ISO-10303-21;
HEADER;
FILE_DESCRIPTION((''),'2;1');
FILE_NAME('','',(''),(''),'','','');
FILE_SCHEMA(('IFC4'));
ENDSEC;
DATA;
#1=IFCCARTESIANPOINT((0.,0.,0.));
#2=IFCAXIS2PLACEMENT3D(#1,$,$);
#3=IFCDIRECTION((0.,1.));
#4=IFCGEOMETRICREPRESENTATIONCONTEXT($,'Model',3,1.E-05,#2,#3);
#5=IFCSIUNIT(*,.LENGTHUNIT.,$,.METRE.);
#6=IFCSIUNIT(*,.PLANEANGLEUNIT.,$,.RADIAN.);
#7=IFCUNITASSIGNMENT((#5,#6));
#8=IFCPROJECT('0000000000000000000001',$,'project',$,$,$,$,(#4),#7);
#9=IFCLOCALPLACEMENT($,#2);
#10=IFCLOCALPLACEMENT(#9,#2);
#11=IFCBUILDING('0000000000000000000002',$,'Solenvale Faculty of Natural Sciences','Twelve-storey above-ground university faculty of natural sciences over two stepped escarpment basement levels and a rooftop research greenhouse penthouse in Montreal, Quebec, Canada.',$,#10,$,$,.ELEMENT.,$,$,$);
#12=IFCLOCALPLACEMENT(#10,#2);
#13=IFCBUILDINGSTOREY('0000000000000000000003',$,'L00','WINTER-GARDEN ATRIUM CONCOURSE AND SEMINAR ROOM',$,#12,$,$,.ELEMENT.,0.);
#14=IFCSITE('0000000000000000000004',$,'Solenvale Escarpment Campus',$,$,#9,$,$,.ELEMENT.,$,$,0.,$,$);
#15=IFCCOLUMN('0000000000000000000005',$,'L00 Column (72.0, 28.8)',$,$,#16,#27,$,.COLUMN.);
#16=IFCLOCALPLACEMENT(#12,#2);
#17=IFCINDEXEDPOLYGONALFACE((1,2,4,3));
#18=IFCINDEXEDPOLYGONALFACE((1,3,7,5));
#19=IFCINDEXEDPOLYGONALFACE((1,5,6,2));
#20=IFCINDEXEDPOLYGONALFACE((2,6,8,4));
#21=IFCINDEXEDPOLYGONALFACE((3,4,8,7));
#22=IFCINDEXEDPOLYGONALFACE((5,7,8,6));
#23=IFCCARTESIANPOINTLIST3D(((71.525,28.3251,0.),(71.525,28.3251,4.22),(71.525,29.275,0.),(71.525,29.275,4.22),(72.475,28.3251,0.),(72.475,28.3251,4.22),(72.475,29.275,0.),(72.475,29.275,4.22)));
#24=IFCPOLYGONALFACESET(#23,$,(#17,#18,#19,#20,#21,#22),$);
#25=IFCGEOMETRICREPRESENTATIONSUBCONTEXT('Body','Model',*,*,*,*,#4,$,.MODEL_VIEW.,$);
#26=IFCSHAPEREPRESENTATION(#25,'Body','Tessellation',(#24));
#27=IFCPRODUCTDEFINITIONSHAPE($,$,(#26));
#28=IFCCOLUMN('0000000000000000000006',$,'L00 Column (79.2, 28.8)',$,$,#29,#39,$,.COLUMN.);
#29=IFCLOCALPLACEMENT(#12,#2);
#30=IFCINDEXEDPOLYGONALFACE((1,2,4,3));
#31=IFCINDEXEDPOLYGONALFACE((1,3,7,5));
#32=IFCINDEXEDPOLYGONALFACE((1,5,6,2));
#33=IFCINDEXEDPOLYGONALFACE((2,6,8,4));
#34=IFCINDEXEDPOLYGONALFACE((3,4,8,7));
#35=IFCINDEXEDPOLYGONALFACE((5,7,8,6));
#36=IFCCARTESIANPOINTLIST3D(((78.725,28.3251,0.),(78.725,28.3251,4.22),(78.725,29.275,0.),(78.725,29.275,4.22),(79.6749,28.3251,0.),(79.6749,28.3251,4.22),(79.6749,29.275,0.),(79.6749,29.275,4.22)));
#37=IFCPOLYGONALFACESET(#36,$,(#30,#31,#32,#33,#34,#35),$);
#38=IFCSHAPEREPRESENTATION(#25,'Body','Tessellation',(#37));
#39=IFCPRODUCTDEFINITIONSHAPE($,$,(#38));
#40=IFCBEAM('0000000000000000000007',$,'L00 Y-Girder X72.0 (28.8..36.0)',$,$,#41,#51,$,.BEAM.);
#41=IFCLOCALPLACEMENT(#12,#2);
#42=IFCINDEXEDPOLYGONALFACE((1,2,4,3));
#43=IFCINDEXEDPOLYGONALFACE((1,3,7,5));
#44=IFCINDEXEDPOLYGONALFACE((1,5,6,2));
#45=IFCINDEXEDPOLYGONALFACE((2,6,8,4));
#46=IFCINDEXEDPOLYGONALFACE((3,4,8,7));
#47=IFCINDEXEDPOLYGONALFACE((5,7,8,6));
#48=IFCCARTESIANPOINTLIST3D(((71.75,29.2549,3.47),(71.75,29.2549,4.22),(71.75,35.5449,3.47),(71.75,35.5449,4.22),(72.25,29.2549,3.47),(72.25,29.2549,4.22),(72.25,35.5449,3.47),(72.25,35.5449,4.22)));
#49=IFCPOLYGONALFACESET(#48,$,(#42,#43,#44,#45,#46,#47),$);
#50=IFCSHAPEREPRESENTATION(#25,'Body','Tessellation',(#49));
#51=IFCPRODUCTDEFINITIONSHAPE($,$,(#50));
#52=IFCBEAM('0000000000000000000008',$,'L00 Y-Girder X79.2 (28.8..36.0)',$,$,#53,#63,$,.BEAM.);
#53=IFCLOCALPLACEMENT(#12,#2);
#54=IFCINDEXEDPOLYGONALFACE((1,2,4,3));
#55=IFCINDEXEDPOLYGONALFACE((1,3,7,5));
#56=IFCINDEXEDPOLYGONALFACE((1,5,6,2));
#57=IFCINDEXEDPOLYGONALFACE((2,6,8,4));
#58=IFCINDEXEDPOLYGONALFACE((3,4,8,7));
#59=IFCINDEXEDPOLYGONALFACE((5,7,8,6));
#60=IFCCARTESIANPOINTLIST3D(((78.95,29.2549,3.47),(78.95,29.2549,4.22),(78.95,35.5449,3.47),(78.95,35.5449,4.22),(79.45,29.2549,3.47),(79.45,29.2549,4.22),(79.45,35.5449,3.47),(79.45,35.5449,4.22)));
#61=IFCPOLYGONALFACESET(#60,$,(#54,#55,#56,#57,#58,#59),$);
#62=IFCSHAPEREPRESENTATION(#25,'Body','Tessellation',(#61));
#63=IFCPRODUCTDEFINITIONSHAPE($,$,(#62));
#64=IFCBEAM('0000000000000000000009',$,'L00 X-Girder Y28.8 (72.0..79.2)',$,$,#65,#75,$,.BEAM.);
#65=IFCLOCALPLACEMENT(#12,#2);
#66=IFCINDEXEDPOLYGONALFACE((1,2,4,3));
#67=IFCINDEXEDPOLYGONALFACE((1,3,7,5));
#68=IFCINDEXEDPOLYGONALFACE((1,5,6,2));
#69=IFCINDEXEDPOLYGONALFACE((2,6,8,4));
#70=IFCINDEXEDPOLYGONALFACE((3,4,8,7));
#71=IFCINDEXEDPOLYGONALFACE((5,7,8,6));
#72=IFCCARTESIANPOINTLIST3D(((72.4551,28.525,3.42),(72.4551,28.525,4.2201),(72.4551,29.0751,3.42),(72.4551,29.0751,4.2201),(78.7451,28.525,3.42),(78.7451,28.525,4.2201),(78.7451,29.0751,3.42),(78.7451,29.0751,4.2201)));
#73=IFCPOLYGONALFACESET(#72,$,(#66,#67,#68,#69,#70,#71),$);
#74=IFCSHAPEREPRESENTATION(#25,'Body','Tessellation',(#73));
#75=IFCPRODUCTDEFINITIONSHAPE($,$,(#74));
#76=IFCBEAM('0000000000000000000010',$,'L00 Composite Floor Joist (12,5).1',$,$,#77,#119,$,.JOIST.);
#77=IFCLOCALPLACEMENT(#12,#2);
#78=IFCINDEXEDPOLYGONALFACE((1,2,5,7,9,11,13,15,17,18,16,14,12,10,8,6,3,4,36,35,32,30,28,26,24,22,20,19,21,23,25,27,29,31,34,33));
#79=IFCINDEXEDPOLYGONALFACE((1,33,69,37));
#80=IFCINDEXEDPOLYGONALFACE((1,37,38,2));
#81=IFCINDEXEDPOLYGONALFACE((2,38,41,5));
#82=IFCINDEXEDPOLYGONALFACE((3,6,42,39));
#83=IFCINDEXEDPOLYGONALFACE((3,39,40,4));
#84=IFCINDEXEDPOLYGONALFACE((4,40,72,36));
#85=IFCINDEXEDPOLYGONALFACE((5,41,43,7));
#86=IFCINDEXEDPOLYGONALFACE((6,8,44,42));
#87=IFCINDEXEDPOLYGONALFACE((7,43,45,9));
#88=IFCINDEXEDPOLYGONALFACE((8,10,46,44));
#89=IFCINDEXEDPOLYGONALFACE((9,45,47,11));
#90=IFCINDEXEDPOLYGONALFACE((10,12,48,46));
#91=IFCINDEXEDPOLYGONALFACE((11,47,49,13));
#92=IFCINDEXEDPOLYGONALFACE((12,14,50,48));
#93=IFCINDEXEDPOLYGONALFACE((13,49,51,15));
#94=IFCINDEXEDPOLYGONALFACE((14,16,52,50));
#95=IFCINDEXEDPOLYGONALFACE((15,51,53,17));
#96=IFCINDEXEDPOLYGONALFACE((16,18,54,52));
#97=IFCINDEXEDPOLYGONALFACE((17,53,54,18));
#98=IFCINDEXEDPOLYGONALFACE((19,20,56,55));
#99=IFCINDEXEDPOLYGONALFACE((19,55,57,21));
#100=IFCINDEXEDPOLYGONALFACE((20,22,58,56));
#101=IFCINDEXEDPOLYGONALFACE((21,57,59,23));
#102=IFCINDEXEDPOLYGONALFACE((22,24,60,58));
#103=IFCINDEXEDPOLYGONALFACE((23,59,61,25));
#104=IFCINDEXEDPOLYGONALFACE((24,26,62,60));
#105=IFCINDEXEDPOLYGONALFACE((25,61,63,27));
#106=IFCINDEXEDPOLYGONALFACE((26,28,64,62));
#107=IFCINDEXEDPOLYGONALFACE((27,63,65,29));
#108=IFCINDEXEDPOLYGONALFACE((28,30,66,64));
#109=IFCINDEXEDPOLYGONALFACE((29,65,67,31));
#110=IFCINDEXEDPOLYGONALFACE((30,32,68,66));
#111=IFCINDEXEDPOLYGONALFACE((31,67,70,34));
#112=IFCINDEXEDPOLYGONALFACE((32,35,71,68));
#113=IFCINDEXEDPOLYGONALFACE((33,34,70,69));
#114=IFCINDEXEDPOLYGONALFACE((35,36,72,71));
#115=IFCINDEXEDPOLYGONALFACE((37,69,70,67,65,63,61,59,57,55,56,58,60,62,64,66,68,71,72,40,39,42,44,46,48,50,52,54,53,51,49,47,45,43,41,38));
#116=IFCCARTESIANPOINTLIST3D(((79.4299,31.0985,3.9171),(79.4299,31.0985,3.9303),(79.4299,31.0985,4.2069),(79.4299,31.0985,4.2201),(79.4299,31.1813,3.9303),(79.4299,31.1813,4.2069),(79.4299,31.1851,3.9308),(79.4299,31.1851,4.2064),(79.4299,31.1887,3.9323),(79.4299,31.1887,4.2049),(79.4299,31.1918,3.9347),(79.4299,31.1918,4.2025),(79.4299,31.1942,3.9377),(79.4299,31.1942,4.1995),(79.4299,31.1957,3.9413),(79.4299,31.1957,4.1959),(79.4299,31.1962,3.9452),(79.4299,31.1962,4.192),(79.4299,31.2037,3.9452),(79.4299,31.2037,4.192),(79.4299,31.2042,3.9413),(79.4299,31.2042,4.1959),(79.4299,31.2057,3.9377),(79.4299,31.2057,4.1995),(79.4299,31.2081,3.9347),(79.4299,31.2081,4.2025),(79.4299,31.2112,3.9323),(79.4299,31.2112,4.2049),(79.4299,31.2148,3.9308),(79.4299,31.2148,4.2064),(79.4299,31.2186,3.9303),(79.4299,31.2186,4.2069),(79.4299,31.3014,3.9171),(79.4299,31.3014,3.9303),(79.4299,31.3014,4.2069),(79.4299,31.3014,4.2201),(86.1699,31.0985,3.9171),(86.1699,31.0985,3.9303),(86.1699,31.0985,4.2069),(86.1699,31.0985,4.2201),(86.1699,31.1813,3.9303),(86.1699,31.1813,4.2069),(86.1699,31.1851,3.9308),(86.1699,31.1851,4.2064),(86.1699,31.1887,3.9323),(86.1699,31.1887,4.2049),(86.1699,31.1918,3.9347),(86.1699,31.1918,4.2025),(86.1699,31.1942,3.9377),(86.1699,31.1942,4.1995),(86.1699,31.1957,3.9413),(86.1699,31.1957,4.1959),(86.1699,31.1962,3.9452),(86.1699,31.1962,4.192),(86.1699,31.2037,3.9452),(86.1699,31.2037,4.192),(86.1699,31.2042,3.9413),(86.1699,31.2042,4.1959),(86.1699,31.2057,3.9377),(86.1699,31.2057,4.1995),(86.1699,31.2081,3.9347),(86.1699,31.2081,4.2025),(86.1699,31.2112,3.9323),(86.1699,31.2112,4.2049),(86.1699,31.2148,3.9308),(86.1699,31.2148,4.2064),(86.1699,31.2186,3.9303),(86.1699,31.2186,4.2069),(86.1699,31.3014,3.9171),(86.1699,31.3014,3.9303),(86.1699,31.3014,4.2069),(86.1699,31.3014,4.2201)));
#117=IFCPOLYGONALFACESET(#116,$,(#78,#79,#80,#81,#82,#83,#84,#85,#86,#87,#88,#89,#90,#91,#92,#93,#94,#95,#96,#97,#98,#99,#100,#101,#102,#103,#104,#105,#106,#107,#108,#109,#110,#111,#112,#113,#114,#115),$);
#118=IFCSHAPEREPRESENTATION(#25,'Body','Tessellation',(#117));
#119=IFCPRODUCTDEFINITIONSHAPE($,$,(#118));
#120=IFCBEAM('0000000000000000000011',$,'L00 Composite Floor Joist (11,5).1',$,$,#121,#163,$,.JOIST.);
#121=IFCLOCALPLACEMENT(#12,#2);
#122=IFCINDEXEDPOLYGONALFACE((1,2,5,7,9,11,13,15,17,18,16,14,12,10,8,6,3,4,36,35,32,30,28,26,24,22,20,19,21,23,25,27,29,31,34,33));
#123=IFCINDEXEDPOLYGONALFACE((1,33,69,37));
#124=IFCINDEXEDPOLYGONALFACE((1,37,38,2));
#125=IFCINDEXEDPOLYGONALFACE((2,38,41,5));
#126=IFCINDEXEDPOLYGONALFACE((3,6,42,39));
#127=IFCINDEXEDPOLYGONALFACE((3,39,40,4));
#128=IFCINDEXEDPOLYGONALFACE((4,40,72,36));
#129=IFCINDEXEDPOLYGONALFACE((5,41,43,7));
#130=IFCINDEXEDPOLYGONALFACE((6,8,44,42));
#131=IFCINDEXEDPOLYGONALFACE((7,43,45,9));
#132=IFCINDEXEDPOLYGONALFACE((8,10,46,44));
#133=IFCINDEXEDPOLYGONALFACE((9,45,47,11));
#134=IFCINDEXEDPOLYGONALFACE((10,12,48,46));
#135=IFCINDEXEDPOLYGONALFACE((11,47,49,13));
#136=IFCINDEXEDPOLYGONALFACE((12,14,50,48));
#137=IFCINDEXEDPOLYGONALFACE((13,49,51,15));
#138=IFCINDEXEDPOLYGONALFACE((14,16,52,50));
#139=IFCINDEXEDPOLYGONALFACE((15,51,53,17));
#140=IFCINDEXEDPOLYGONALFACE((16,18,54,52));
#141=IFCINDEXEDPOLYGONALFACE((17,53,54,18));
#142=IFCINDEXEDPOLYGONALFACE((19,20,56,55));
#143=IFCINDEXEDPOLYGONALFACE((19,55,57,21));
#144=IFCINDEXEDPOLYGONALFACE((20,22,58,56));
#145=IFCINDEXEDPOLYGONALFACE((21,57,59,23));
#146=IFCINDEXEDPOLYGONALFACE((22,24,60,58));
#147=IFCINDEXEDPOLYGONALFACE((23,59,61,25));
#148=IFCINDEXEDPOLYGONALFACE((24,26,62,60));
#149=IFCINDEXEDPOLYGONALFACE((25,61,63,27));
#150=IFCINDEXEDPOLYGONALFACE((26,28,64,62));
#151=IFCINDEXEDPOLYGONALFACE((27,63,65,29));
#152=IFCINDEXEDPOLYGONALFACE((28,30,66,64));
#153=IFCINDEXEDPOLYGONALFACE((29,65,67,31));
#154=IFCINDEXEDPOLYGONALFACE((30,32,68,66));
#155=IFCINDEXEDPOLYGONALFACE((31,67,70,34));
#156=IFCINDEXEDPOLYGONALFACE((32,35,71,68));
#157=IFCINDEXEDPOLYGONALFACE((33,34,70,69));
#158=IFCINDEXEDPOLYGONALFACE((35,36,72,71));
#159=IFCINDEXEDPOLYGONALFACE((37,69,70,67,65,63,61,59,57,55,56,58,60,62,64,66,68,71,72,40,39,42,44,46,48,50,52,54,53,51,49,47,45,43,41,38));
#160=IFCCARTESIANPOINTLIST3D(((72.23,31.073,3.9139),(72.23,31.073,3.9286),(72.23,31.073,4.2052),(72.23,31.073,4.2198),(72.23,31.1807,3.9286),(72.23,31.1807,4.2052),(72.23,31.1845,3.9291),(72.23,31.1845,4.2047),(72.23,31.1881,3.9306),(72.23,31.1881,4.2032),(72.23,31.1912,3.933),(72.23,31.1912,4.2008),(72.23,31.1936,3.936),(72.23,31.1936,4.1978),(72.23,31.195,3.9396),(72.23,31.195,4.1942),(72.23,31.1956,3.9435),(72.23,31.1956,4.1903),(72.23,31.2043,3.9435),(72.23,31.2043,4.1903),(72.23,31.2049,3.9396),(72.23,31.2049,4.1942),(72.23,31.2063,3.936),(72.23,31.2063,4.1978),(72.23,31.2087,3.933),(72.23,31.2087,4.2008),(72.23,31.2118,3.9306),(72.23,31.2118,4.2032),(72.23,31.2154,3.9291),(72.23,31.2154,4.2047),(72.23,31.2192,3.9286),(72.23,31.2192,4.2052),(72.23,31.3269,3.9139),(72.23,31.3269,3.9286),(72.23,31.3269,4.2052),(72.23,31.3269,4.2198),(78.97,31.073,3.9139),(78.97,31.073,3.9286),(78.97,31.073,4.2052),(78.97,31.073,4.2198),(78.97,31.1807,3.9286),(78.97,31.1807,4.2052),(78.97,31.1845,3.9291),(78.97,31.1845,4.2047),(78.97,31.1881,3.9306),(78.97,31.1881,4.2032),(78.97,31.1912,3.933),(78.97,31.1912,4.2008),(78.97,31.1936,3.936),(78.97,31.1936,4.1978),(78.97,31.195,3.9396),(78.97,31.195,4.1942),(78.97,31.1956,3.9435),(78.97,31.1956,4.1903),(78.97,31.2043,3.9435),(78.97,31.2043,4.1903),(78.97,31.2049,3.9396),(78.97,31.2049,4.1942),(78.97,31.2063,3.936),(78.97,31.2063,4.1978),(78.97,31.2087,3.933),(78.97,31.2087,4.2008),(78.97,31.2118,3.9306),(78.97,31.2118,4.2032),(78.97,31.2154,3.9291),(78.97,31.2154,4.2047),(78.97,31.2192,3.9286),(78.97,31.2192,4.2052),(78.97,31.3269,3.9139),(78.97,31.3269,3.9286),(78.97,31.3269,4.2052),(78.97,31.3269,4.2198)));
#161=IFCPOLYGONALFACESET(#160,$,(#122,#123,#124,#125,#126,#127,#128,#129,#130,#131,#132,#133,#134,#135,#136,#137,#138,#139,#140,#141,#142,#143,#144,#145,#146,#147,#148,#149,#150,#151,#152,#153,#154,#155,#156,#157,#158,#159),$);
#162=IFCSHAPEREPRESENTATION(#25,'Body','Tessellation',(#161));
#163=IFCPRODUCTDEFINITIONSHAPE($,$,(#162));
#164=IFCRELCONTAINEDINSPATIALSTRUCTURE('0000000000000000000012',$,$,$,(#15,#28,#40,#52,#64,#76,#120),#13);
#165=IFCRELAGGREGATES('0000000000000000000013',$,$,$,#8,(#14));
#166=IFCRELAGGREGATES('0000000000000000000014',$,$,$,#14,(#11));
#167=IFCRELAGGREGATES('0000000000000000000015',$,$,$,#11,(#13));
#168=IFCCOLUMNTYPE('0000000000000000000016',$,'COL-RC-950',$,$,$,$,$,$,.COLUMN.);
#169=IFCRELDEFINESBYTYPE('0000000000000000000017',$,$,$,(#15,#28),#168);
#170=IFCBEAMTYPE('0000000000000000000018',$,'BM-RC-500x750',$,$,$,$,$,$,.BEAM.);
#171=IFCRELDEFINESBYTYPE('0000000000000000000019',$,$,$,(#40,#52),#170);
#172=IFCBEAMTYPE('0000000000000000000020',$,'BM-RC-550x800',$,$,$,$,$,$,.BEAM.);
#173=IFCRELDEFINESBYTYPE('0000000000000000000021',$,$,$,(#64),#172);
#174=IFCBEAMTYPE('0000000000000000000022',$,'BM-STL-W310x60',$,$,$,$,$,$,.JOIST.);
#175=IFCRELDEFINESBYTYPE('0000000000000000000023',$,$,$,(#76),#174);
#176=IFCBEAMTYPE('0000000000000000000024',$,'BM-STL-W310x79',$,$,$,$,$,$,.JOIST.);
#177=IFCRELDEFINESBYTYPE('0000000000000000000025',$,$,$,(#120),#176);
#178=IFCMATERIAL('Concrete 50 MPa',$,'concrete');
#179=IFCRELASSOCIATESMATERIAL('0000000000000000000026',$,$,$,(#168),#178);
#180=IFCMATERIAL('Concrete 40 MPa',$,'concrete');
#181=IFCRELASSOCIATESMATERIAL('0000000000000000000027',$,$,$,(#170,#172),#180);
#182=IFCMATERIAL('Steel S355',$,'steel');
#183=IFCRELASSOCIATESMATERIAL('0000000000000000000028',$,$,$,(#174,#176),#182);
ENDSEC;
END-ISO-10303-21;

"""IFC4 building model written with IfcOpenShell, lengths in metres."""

from ifc_helpers import new_model, si_unit, direction, frame, origin, origin_2d, place, context, subcontext, project, spatial, rectangle, i_section, extrude, material, material_profile, profile_set, type_object, element, save


model = new_model("IFC4")

# Units and contexts
model_context = context("Model", 3, precision=1e-05, world=origin(), true_north=direction((0.0, 1.0)))
body_context = subcontext(model_context, "Body", "Model", "MODEL_VIEW")
ifc_project = project(units=[si_unit("LENGTHUNIT", "METRE"), si_unit("PLANEANGLEUNIT", "RADIAN")], contexts=[model_context])

# Site, building, storey
site_placement = place(None, origin())
site = spatial("IfcSite", under=ifc_project, at=site_placement, Name="Solenvale Escarpment Campus", CompositionType="ELEMENT", RefElevation=0.0)
building_placement = place(site_placement, origin())
building = spatial("IfcBuilding", under=site, at=building_placement, Name="Solenvale Faculty of Natural Sciences", Description="Twelve-storey above-ground university faculty of natural sciences over two stepped escarpment basement levels and a rooftop research greenhouse penthouse in Montreal, Quebec, Canada.", CompositionType="ELEMENT")
storey_placement = place(building_placement, origin())
storey = spatial("IfcBuildingStorey", under=building, at=storey_placement, Name="L00", Description="WINTER-GARDEN ATRIUM CONCOURSE AND SEMINAR ROOM", CompositionType="ELEMENT", Elevation=0.0)

# Columns
ifc_material_1 = material(Name="Concrete 50 MPa", Category="concrete")
ifc_material_profile_1 = material_profile(ifc_material_1, rectangle(XDim=0.95, YDim=0.95, at=origin_2d()), Name="RC-COL-950x950")
ifc_profile_set_1 = profile_set([ifc_material_profile_1], Name="Concrete 50 MPa")
column_type = type_object("IfcColumnType", Name="COL-RC-950", PredefinedType="COLUMN", material=ifc_profile_set_1)
for number, where, z_axis, x_axis, name in (
    (1, (72.0, 28.8, 0.0), (0.0, 0.0, 1.0), (1.0, 0.0, 0.0), "L00 Column (72.0, 28.8)"),
    (2, (79.2, 28.8, 0.0), (0.0, 0.0, 1.0), (1.0, 0.0, 0.0), "L00 Column (79.2, 28.8)"),
):
    element("IfcColumn", number, at=place(storey_placement, frame(where, z_axis=z_axis, x_axis=x_axis)), inside=storey, type_object=column_type, Name=name, PredefinedType="COLUMN", context=body_context, shape_type="SweptSolid", body=[
        extrude(rectangle(XDim=0.95, YDim=0.95, at=origin_2d()), origin(), (0.0, 0.0, 1.0), 4.22),
    ])

# Beams
ifc_material_2 = material(Name="Concrete 40 MPa", Category="concrete")
ifc_material_profile_2 = material_profile(ifc_material_2, rectangle(XDim=0.5, YDim=0.75, at=origin_2d()), Name="RC-BM-500x750")
ifc_profile_set_2 = profile_set([ifc_material_profile_2], Name="Concrete 40 MPa")
beam_type_1 = type_object("IfcBeamType", Name="BM-RC-500x750", PredefinedType="BEAM", material=ifc_profile_set_2)
for number, where, z_axis, x_axis, name in (
    (3, (72.0, 29.2549, 3.845), (0.0, 1.0, 0.0), (-1.0, 0.0, 0.0), "L00 Y-Girder X72.0 (28.8..36.0)"),
    (4, (79.2, 29.2549, 3.845), (0.0, 1.0, 0.0), (-1.0, 0.0, 0.0), "L00 Y-Girder X79.2 (28.8..36.0)"),
):
    element("IfcBeam", number, at=place(storey_placement, frame(where, z_axis=z_axis, x_axis=x_axis)), inside=storey, type_object=beam_type_1, Name=name, PredefinedType="BEAM", context=body_context, shape_type="SweptSolid", body=[
        extrude(rectangle(XDim=0.5, YDim=0.75, at=origin_2d()), origin(), (0.0, 0.0, 1.0), 6.29),
    ])
ifc_material_profile_3 = material_profile(ifc_material_2, rectangle(XDim=0.55, YDim=0.8, at=origin_2d()), Name="RC-BM-550x800")
ifc_profile_set_3 = profile_set([ifc_material_profile_3], Name="Concrete 40 MPa")
beam_type_2 = type_object("IfcBeamType", Name="BM-RC-550x800", PredefinedType="BEAM", material=ifc_profile_set_3)
beam_1_placement = place(storey_placement, frame((72.4551, 28.8, 3.8201), z_axis=(1.0, 0.0, 0.0), x_axis=(0.0, 1.0, 0.0)))
element("IfcBeam", 5, at=beam_1_placement, inside=storey, type_object=beam_type_2, Name="L00 X-Girder Y28.8 (72.0..79.2)", PredefinedType="BEAM", context=body_context, shape_type="SweptSolid", body=[
    extrude(rectangle(XDim=0.55, YDim=0.8, at=origin_2d()), origin(), (0.0, 0.0, 1.0), 6.29),
])
ifc_material_3 = material(Name="Steel S355", Category="steel")
ifc_material_profile_4 = material_profile(ifc_material_3, i_section(OverallWidth=0.2029, OverallDepth=0.303, WebThickness=0.0076, FlangeThickness=0.0132, FilletRadius=0.0149, at=origin_2d()), Name="W310x60")
ifc_profile_set_4 = profile_set([ifc_material_profile_4], Name="Steel S355")
beam_type_3 = type_object("IfcBeamType", Name="BM-STL-W310x60", PredefinedType="JOIST", material=ifc_profile_set_4)
beam_2_placement = place(storey_placement, frame((79.4299, 31.2, 4.0686), z_axis=(1.0, 0.0, 0.0), x_axis=(0.0, 1.0, 0.0)))
element("IfcBeam", 6, at=beam_2_placement, inside=storey, type_object=beam_type_3, Name="L00 Composite Floor Joist (12,5).1", PredefinedType="JOIST", context=body_context, shape_type="SweptSolid", body=[
    extrude(i_section(OverallWidth=0.2029, OverallDepth=0.303, WebThickness=0.0076, FlangeThickness=0.0132, FilletRadius=0.0149, at=origin_2d()), origin(), (0.0, 0.0, 1.0), 6.74),
])
ifc_material_profile_5 = material_profile(ifc_material_3, i_section(OverallWidth=0.2539, OverallDepth=0.3059, WebThickness=0.0088, FlangeThickness=0.0146, FilletRadius=0.0149, at=origin_2d()), Name="W310x79")
ifc_profile_set_5 = profile_set([ifc_material_profile_5], Name="Steel S355")
beam_type_4 = type_object("IfcBeamType", Name="BM-STL-W310x79", PredefinedType="JOIST", material=ifc_profile_set_5)
for number, where, z_axis, x_axis, name in (
    (7, (72.23, 31.2, 4.0669), (1.0, 0.0, 0.0), (0.0, 1.0, 0.0), "L00 Composite Floor Joist (11,5).1"),
):
    element("IfcBeam", number, at=place(storey_placement, frame(where, z_axis=z_axis, x_axis=x_axis)), inside=storey, type_object=beam_type_4, Name=name, PredefinedType="JOIST", context=body_context, shape_type="SweptSolid", body=[
        extrude(i_section(OverallWidth=0.2539, OverallDepth=0.3059, WebThickness=0.0088, FlangeThickness=0.0146, FilletRadius=0.0149, at=origin_2d()), origin(), (0.0, 0.0, 1.0), 6.74),
    ])

save(model, "model.ifc")
